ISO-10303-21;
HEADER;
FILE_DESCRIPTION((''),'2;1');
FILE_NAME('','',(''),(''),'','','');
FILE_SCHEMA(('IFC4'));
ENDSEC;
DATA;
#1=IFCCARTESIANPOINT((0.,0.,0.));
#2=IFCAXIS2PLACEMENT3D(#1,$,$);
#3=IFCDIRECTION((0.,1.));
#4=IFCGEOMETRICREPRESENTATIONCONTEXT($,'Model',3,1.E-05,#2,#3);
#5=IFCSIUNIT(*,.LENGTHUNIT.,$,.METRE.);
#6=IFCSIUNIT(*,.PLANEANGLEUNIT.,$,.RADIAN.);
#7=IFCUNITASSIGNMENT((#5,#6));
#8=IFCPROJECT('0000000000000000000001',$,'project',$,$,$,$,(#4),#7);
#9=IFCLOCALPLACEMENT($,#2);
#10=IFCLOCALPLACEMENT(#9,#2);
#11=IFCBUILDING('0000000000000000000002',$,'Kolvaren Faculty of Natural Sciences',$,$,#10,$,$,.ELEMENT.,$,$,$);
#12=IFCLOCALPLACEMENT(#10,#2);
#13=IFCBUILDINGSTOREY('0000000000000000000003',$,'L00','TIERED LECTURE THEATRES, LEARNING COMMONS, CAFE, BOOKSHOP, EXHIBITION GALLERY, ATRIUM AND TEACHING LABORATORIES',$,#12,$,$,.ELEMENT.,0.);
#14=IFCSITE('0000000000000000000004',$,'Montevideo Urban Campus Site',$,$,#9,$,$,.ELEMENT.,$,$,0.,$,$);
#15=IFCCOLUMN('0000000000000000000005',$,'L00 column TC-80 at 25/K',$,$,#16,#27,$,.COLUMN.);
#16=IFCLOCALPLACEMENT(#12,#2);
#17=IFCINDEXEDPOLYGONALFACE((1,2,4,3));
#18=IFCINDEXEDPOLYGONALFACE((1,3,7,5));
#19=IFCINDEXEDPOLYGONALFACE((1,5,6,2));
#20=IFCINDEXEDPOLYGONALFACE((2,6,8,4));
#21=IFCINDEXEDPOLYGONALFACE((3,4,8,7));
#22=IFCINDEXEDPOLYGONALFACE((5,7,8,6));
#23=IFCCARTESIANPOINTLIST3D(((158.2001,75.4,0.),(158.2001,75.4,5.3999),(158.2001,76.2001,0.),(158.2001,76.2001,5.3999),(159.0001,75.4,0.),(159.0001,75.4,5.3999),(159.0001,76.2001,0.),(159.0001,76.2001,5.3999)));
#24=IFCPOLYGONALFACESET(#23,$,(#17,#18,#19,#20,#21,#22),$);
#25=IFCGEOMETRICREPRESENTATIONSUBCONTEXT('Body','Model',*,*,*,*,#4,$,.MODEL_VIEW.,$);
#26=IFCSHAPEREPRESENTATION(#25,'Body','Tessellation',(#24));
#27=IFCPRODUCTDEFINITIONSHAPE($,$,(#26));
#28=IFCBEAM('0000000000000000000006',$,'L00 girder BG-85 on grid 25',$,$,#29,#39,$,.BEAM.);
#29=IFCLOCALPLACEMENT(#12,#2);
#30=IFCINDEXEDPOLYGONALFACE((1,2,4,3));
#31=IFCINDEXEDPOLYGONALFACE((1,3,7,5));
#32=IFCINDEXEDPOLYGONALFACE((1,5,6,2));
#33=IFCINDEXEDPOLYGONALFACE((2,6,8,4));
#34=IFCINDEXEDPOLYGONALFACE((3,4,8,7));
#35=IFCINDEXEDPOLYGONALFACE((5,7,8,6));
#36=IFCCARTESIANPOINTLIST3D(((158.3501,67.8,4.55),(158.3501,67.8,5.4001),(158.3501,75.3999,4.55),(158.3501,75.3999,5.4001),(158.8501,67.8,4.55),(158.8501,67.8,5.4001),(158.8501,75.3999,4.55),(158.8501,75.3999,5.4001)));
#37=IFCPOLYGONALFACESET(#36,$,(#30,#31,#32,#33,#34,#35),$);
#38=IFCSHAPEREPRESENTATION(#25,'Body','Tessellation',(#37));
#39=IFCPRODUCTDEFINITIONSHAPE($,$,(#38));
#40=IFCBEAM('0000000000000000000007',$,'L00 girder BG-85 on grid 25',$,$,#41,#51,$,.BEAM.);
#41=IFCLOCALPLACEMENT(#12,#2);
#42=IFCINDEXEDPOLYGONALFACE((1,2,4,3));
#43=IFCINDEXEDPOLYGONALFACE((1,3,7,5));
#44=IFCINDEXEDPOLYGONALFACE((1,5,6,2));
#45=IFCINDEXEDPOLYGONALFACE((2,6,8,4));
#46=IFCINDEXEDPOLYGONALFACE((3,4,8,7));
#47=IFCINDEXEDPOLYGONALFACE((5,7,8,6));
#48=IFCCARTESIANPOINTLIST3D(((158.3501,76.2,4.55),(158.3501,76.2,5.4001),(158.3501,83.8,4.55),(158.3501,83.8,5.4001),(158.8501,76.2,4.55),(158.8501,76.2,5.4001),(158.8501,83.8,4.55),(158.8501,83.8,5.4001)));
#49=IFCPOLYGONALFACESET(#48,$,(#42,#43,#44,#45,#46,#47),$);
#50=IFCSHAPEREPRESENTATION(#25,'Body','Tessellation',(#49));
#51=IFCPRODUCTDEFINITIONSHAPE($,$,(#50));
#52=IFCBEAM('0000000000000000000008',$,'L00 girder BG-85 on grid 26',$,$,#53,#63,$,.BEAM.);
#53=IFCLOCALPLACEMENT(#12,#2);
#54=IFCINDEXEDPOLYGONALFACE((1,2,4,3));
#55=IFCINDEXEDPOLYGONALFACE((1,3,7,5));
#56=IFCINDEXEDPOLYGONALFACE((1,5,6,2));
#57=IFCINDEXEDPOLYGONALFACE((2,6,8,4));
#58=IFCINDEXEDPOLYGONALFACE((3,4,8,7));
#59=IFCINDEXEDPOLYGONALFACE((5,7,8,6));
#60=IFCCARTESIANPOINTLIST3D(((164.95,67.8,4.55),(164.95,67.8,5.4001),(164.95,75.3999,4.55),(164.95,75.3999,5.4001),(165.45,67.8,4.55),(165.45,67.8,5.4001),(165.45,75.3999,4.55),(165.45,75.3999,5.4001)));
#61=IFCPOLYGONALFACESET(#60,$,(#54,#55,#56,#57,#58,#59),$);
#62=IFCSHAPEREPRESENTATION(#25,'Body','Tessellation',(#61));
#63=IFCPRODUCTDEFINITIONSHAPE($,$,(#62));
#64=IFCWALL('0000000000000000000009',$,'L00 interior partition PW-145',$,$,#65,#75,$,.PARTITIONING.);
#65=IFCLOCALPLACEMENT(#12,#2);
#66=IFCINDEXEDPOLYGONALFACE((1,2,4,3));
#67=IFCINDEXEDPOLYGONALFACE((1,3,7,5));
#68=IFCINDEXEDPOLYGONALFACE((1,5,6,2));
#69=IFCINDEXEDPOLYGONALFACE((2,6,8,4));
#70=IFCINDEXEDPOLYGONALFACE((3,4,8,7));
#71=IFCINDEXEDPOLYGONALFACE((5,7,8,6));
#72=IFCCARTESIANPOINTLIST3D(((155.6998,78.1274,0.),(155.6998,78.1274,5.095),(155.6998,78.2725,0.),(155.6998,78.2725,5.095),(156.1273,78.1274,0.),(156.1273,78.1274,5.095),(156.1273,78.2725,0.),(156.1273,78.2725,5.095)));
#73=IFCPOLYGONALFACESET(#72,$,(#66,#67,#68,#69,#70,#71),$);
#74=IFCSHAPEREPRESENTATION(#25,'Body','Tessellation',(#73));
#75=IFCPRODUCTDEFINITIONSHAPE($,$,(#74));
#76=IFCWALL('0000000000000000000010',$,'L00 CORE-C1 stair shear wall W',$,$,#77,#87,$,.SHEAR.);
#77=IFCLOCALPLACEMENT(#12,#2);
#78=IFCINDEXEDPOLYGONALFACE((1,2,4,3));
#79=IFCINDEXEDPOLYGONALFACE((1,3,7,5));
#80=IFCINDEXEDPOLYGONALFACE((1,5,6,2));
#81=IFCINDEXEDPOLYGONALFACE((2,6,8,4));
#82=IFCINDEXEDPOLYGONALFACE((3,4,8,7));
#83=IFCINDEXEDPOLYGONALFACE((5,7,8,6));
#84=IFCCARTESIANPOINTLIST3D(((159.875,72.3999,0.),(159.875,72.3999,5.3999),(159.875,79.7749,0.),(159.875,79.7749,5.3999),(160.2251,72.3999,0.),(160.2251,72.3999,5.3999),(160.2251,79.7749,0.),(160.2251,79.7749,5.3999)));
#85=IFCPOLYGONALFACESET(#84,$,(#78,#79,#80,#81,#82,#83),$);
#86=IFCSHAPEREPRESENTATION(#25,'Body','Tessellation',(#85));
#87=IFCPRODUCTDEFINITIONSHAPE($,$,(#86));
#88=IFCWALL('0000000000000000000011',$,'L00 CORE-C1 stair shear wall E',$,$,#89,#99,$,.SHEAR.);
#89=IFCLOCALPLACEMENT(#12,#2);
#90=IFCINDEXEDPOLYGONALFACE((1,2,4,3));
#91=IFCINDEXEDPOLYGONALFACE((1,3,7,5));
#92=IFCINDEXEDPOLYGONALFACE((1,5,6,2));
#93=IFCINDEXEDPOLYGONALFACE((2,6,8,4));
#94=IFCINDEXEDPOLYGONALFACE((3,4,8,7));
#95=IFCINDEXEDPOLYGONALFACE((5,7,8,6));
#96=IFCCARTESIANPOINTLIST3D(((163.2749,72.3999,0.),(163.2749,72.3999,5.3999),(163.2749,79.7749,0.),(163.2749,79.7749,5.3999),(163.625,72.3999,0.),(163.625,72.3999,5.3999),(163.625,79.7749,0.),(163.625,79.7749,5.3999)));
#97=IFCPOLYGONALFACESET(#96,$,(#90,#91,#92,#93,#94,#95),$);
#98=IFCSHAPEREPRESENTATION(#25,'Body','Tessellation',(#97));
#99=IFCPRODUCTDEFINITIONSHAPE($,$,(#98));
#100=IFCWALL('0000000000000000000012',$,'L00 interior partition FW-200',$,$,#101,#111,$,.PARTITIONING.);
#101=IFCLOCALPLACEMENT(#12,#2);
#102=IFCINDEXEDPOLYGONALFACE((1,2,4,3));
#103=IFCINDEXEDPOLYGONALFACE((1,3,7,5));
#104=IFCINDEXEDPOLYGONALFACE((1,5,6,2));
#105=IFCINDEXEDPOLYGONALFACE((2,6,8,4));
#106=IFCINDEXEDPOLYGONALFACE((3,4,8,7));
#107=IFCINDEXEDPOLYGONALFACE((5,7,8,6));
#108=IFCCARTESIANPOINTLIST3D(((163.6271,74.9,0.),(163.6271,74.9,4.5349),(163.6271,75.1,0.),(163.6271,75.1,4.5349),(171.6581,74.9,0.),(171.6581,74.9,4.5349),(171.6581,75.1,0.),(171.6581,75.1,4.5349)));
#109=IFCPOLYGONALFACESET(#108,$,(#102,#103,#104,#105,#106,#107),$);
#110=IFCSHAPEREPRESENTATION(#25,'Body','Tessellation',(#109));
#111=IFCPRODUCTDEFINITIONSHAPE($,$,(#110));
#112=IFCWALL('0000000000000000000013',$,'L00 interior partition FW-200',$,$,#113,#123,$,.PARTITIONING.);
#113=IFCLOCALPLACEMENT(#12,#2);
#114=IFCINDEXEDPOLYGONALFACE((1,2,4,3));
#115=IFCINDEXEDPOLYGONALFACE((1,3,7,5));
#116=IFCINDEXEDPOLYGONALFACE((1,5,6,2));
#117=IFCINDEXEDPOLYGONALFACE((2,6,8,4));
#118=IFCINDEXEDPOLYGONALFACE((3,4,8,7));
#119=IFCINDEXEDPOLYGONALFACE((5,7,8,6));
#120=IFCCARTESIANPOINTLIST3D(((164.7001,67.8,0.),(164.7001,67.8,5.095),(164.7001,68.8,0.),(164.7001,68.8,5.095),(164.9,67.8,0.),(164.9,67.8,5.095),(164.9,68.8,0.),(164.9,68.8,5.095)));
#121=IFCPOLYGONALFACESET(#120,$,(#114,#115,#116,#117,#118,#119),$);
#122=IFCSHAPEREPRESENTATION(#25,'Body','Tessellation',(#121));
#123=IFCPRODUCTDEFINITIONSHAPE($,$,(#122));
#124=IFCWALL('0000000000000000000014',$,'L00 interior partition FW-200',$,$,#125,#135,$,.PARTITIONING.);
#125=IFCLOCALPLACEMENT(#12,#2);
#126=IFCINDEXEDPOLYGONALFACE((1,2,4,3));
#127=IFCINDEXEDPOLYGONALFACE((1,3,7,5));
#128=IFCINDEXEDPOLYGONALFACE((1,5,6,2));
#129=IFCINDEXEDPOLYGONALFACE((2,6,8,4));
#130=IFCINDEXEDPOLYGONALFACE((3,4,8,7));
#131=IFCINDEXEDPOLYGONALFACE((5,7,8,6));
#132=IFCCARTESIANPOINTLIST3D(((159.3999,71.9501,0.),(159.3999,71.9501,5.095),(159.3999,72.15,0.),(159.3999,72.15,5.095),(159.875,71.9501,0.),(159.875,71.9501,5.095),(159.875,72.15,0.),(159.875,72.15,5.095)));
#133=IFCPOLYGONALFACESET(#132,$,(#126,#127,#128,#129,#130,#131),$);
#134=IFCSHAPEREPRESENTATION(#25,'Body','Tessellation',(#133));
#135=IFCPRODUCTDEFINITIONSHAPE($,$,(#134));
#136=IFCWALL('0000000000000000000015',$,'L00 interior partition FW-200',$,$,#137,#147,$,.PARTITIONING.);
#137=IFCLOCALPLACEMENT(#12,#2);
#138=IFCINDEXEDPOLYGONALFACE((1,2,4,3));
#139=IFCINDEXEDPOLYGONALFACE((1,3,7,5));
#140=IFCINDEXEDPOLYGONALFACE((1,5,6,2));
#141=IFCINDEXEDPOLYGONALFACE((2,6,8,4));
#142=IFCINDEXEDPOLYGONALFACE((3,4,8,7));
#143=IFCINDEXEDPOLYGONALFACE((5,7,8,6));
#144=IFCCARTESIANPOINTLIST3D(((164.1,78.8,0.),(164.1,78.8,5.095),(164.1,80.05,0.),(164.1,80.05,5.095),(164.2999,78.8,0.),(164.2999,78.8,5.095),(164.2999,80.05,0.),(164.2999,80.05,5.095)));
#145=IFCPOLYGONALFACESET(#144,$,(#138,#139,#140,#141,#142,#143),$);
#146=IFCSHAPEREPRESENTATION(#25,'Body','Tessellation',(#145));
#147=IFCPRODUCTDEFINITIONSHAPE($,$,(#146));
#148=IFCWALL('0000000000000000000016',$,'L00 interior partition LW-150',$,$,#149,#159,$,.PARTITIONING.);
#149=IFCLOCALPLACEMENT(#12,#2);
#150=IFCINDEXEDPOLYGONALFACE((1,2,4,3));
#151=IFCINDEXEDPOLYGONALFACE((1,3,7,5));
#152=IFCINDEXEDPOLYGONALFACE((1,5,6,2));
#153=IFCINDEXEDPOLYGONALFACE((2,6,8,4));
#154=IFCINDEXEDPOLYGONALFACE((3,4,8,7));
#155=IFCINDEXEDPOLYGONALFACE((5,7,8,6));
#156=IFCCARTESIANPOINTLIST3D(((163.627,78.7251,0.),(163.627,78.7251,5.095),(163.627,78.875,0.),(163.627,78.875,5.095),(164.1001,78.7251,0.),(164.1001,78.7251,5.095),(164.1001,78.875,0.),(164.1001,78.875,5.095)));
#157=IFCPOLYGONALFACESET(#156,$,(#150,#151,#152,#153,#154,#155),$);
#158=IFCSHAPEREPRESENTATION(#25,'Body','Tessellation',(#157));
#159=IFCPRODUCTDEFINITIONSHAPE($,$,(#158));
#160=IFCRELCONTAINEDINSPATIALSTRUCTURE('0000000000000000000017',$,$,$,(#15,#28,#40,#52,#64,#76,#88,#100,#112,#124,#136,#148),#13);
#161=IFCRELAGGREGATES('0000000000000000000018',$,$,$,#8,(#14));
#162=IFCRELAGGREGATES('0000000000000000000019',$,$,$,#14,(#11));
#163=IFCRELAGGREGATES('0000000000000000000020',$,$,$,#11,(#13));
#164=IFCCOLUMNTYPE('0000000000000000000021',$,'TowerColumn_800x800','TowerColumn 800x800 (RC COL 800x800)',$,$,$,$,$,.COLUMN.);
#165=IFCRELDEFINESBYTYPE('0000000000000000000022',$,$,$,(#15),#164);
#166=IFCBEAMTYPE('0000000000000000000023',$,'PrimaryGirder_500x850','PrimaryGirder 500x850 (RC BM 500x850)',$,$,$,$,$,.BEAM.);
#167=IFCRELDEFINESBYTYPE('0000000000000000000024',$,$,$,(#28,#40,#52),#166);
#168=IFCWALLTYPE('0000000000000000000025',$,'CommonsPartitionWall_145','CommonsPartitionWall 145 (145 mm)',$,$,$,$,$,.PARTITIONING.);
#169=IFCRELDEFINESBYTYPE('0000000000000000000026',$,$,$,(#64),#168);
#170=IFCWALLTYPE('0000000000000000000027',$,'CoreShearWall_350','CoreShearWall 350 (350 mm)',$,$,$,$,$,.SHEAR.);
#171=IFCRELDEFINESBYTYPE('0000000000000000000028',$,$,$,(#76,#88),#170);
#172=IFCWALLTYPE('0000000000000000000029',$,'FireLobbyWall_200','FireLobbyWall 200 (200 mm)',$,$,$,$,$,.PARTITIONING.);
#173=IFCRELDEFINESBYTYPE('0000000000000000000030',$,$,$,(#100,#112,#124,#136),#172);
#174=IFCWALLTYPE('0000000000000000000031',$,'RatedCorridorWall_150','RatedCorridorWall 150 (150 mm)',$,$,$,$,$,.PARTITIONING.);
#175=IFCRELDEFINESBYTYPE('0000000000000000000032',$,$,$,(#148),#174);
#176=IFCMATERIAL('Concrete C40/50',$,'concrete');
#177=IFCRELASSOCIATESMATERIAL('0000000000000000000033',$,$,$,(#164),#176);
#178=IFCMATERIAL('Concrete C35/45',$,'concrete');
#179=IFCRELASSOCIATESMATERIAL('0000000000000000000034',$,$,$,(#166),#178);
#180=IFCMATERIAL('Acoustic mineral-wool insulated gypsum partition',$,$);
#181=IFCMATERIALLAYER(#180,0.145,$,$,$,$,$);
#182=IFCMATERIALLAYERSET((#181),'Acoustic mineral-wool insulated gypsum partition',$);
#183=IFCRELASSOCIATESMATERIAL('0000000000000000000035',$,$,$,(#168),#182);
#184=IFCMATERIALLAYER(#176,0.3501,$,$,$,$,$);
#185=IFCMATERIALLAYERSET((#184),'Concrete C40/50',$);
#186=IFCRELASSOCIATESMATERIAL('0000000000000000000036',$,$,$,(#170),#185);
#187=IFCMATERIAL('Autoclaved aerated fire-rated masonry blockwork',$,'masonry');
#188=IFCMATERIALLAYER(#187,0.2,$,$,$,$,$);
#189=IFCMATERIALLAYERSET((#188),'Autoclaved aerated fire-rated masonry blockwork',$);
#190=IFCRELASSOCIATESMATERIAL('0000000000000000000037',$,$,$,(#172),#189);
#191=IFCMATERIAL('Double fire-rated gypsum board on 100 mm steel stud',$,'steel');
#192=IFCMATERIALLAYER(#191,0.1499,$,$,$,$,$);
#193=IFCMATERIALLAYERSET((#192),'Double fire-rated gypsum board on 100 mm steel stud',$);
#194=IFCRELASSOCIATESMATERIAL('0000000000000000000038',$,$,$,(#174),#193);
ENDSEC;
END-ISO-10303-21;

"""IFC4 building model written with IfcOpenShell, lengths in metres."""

from ifc_helpers import new_model, si_unit, direction, frame, frame_2d, origin, origin_2d, place, context, subcontext, project, spatial, rectangle, extrude, material, layer, layer_set, material_profile, profile_set, type_object, element, save


model = new_model("IFC4")

# Units and contexts
model_context = context("Model", 3, precision=1e-05, world=origin(), true_north=direction((0.0, 1.0)))
body_context = subcontext(model_context, "Body", "Model", "MODEL_VIEW")
ifc_project = project(units=[si_unit("LENGTHUNIT", "METRE"), si_unit("PLANEANGLEUNIT", "RADIAN")], contexts=[model_context])

# Site, building, storey
site_placement = place(None, origin())
site = spatial("IfcSite", under=ifc_project, at=site_placement, Name="Montevideo Urban Campus Site", CompositionType="ELEMENT", RefElevation=0.0)
building_placement = place(site_placement, origin())
building = spatial("IfcBuilding", under=site, at=building_placement, Name="Kolvaren Faculty of Natural Sciences", CompositionType="ELEMENT")
storey_placement = place(building_placement, origin())
storey = spatial("IfcBuildingStorey", under=building, at=storey_placement, Name="L00", Description="TIERED LECTURE THEATRES, LEARNING COMMONS, CAFE, BOOKSHOP, EXHIBITION GALLERY, ATRIUM AND TEACHING LABORATORIES", CompositionType="ELEMENT", Elevation=0.0)

# Column
ifc_material_1 = material(Name="Concrete C40/50", Category="concrete")
ifc_material_profile_1 = material_profile(ifc_material_1, rectangle(XDim=0.8, YDim=0.8, at=origin_2d()), Name="RC COL 800x800")
ifc_profile_set_1 = profile_set([ifc_material_profile_1], Name="Concrete C40/50")
column_type = type_object("IfcColumnType", Name="TowerColumn_800x800", Description="TowerColumn 800x800 (RC COL 800x800)", PredefinedType="COLUMN", material=ifc_profile_set_1)
column_placement = place(storey_placement, frame((158.6001, 75.8, 0.0), z_axis=(0.0, 0.0, 1.0), x_axis=(1.0, 0.0, 0.0)))
element("IfcColumn", 1, at=column_placement, inside=storey, type_object=column_type, Name="L00 column TC-80 at 25/K", PredefinedType="COLUMN", context=body_context, shape_type="SweptSolid", body=[
    extrude(rectangle(XDim=0.8, YDim=0.8, at=origin_2d()), origin(), (0.0, 0.0, 1.0), 5.3999),
])

# Beams
ifc_material_2 = material(Name="Concrete C35/45", Category="concrete")
ifc_material_profile_2 = material_profile(ifc_material_2, rectangle(XDim=0.5, YDim=0.8501, at=origin_2d()), Name="RC BM 500x850")
ifc_profile_set_2 = profile_set([ifc_material_profile_2], Name="Concrete C35/45")
beam_type = type_object("IfcBeamType", Name="PrimaryGirder_500x850", Description="PrimaryGirder 500x850 (RC BM 500x850)", PredefinedType="BEAM", material=ifc_profile_set_2)
beam_1_placement = place(storey_placement, frame((158.6001, 67.8, 4.9751), z_axis=(0.0, 1.0, 0.0), x_axis=(-1.0, 0.0, 0.0)))
element("IfcBeam", 2, at=beam_1_placement, inside=storey, type_object=beam_type, Name="L00 girder BG-85 on grid 25", PredefinedType="BEAM", context=body_context, shape_type="SweptSolid", body=[
    extrude(rectangle(XDim=0.5, YDim=0.8501, at=origin_2d()), origin(), (0.0, 0.0, 1.0), 7.5999),
])
beam_2_placement = place(storey_placement, frame((158.6001, 76.2, 4.9751), z_axis=(0.0, 1.0, 0.0), x_axis=(-1.0, 0.0, 0.0)))
element("IfcBeam", 3, at=beam_2_placement, inside=storey, type_object=beam_type, Name="L00 girder BG-85 on grid 25", PredefinedType="BEAM", context=body_context, shape_type="SweptSolid", body=[
    extrude(rectangle(XDim=0.5, YDim=0.8501, at=origin_2d()), origin(), (0.0, 0.0, 1.0), 7.6001),
])
beam_3_placement = place(storey_placement, frame((165.2, 67.8, 4.9751), z_axis=(0.0, 1.0, 0.0), x_axis=(-1.0, 0.0, 0.0)))
element("IfcBeam", 4, at=beam_3_placement, inside=storey, type_object=beam_type, Name="L00 girder BG-85 on grid 26", PredefinedType="BEAM", context=body_context, shape_type="SweptSolid", body=[
    extrude(rectangle(XDim=0.5, YDim=0.8501, at=origin_2d()), origin(), (0.0, 0.0, 1.0), 7.5999),
])

# Wall
ifc_material_3 = material(Name="Acoustic mineral-wool insulated gypsum partition")
ifc_layer_1 = layer(ifc_material_3, 0.145)
ifc_layer_set_1 = layer_set([ifc_layer_1], Name="Acoustic mineral-wool insulated gypsum partition")
wall_type_1 = type_object("IfcWallType", Name="CommonsPartitionWall_145", Description="CommonsPartitionWall 145 (145 mm)", PredefinedType="PARTITIONING", material=ifc_layer_set_1)
wall_1_placement = place(storey_placement, frame((156.1274, 78.2, 0.0), z_axis=(0.0, 0.0, 1.0), x_axis=(-1.0, 0.0, 0.0)))
element("IfcWall", 5, at=wall_1_placement, inside=storey, type_object=wall_type_1, Name="L00 interior partition PW-145", PredefinedType="PARTITIONING", context=body_context, shape_type="SweptSolid", body=[
    extrude(rectangle(XDim=0.4275, YDim=0.145, at=frame_2d((0.2139, 0.0))), origin(), (0.0, 0.0, 1.0), 5.095),
])

# Shared definitions
ifc_layer_2 = layer(ifc_material_1, 0.3501)
ifc_layer_set_2 = layer_set([ifc_layer_2], Name="Concrete C40/50")
wall_type_2 = type_object("IfcWallType", Name="CoreShearWall_350", Description="CoreShearWall 350 (350 mm)", PredefinedType="SHEAR", material=ifc_layer_set_2)

# Walls
for number, where, z_axis, x_axis, name in (
    (6, (160.05, 72.3999, 0.0), (0.0, 0.0, 1.0), (0.0, 1.0, 0.0), "L00 CORE-C1 stair shear wall W"),
    (7, (163.45, 72.3999, 0.0), (0.0, 0.0, 1.0), (0.0, 1.0, 0.0), "L00 CORE-C1 stair shear wall E"),
):
    element("IfcWall", number, at=place(storey_placement, frame(where, z_axis=z_axis, x_axis=x_axis)), inside=storey, type_object=wall_type_2, Name=name, PredefinedType="SHEAR", context=body_context, shape_type="SweptSolid", body=[
        extrude(rectangle(XDim=7.375, YDim=0.3501, at=frame_2d((3.6875, 0.0))), origin(), (0.0, 0.0, 1.0), 5.3999),
    ])
ifc_material_4 = material(Name="Autoclaved aerated fire-rated masonry blockwork", Category="masonry")
ifc_layer_3 = layer(ifc_material_4, 0.2)
ifc_layer_set_3 = layer_set([ifc_layer_3], Name="Autoclaved aerated fire-rated masonry blockwork")
wall_type_3 = type_object("IfcWallType", Name="FireLobbyWall_200", Description="FireLobbyWall 200 (200 mm)", PredefinedType="PARTITIONING", material=ifc_layer_set_3)
wall_2_placement = place(storey_placement, frame((163.627, 75.0, 0.0), z_axis=(0.0, 0.0, 1.0), x_axis=(1.0, 0.0, 0.0)))
element("IfcWall", 8, at=wall_2_placement, inside=storey, type_object=wall_type_3, Name="L00 interior partition FW-200", PredefinedType="PARTITIONING", context=body_context, shape_type="SweptSolid", body=[
    extrude(rectangle(XDim=8.031, YDim=0.2, at=frame_2d((4.0156, 0.0))), origin(), (0.0, 0.0, 1.0), 4.5349),
])
wall_3_placement = place(storey_placement, frame((164.8, 68.8, 0.0), z_axis=(0.0, 0.0, 1.0), x_axis=(0.0, -1.0, 0.0)))
element("IfcWall", 9, at=wall_3_placement, inside=storey, type_object=wall_type_3, Name="L00 interior partition FW-200", PredefinedType="PARTITIONING", context=body_context, shape_type="SweptSolid", body=[
    extrude(rectangle(XDim=1.0, YDim=0.2, at=frame_2d((0.5, 0.0))), origin(), (0.0, 0.0, 1.0), 5.095),
])
wall_4_placement = place(storey_placement, frame((159.3999, 72.05, 0.0), z_axis=(0.0, 0.0, 1.0), x_axis=(1.0, 0.0, 0.0)))
element("IfcWall", 10, at=wall_4_placement, inside=storey, type_object=wall_type_3, Name="L00 interior partition FW-200", PredefinedType="PARTITIONING", context=body_context, shape_type="SweptSolid", body=[
    extrude(rectangle(XDim=0.4751, YDim=0.2, at=frame_2d((0.2375, 0.0))), origin(), (0.0, 0.0, 1.0), 5.095),
])
wall_5_placement = place(storey_placement, frame((164.2, 78.8, 0.0), z_axis=(0.0, 0.0, 1.0), x_axis=(0.0, 1.0, 0.0)))
element("IfcWall", 11, at=wall_5_placement, inside=storey, type_object=wall_type_3, Name="L00 interior partition FW-200", PredefinedType="PARTITIONING", context=body_context, shape_type="SweptSolid", body=[
    extrude(rectangle(XDim=1.25, YDim=0.2, at=frame_2d((0.625, 0.0))), origin(), (0.0, 0.0, 1.0), 5.095),
])
ifc_material_5 = material(Name="Double fire-rated gypsum board on 100 mm steel stud", Category="steel")
ifc_layer_4 = layer(ifc_material_5, 0.1499)
ifc_layer_set_4 = layer_set([ifc_layer_4], Name="Double fire-rated gypsum board on 100 mm steel stud")
wall_type_4 = type_object("IfcWallType", Name="RatedCorridorWall_150", Description="RatedCorridorWall 150 (150 mm)", PredefinedType="PARTITIONING", material=ifc_layer_set_4)
wall_6_placement = place(storey_placement, frame((163.627, 78.8, 0.0), z_axis=(0.0, 0.0, 1.0), x_axis=(1.0, 0.0, 0.0)))
element("IfcWall", 12, at=wall_6_placement, inside=storey, type_object=wall_type_4, Name="L00 interior partition LW-150", PredefinedType="PARTITIONING", context=body_context, shape_type="SweptSolid", body=[
    extrude(rectangle(XDim=0.4731, YDim=0.1499, at=frame_2d((0.2366, 0.0))), origin(), (0.0, 0.0, 1.0), 5.095),
])

save(model, "model.ifc")
